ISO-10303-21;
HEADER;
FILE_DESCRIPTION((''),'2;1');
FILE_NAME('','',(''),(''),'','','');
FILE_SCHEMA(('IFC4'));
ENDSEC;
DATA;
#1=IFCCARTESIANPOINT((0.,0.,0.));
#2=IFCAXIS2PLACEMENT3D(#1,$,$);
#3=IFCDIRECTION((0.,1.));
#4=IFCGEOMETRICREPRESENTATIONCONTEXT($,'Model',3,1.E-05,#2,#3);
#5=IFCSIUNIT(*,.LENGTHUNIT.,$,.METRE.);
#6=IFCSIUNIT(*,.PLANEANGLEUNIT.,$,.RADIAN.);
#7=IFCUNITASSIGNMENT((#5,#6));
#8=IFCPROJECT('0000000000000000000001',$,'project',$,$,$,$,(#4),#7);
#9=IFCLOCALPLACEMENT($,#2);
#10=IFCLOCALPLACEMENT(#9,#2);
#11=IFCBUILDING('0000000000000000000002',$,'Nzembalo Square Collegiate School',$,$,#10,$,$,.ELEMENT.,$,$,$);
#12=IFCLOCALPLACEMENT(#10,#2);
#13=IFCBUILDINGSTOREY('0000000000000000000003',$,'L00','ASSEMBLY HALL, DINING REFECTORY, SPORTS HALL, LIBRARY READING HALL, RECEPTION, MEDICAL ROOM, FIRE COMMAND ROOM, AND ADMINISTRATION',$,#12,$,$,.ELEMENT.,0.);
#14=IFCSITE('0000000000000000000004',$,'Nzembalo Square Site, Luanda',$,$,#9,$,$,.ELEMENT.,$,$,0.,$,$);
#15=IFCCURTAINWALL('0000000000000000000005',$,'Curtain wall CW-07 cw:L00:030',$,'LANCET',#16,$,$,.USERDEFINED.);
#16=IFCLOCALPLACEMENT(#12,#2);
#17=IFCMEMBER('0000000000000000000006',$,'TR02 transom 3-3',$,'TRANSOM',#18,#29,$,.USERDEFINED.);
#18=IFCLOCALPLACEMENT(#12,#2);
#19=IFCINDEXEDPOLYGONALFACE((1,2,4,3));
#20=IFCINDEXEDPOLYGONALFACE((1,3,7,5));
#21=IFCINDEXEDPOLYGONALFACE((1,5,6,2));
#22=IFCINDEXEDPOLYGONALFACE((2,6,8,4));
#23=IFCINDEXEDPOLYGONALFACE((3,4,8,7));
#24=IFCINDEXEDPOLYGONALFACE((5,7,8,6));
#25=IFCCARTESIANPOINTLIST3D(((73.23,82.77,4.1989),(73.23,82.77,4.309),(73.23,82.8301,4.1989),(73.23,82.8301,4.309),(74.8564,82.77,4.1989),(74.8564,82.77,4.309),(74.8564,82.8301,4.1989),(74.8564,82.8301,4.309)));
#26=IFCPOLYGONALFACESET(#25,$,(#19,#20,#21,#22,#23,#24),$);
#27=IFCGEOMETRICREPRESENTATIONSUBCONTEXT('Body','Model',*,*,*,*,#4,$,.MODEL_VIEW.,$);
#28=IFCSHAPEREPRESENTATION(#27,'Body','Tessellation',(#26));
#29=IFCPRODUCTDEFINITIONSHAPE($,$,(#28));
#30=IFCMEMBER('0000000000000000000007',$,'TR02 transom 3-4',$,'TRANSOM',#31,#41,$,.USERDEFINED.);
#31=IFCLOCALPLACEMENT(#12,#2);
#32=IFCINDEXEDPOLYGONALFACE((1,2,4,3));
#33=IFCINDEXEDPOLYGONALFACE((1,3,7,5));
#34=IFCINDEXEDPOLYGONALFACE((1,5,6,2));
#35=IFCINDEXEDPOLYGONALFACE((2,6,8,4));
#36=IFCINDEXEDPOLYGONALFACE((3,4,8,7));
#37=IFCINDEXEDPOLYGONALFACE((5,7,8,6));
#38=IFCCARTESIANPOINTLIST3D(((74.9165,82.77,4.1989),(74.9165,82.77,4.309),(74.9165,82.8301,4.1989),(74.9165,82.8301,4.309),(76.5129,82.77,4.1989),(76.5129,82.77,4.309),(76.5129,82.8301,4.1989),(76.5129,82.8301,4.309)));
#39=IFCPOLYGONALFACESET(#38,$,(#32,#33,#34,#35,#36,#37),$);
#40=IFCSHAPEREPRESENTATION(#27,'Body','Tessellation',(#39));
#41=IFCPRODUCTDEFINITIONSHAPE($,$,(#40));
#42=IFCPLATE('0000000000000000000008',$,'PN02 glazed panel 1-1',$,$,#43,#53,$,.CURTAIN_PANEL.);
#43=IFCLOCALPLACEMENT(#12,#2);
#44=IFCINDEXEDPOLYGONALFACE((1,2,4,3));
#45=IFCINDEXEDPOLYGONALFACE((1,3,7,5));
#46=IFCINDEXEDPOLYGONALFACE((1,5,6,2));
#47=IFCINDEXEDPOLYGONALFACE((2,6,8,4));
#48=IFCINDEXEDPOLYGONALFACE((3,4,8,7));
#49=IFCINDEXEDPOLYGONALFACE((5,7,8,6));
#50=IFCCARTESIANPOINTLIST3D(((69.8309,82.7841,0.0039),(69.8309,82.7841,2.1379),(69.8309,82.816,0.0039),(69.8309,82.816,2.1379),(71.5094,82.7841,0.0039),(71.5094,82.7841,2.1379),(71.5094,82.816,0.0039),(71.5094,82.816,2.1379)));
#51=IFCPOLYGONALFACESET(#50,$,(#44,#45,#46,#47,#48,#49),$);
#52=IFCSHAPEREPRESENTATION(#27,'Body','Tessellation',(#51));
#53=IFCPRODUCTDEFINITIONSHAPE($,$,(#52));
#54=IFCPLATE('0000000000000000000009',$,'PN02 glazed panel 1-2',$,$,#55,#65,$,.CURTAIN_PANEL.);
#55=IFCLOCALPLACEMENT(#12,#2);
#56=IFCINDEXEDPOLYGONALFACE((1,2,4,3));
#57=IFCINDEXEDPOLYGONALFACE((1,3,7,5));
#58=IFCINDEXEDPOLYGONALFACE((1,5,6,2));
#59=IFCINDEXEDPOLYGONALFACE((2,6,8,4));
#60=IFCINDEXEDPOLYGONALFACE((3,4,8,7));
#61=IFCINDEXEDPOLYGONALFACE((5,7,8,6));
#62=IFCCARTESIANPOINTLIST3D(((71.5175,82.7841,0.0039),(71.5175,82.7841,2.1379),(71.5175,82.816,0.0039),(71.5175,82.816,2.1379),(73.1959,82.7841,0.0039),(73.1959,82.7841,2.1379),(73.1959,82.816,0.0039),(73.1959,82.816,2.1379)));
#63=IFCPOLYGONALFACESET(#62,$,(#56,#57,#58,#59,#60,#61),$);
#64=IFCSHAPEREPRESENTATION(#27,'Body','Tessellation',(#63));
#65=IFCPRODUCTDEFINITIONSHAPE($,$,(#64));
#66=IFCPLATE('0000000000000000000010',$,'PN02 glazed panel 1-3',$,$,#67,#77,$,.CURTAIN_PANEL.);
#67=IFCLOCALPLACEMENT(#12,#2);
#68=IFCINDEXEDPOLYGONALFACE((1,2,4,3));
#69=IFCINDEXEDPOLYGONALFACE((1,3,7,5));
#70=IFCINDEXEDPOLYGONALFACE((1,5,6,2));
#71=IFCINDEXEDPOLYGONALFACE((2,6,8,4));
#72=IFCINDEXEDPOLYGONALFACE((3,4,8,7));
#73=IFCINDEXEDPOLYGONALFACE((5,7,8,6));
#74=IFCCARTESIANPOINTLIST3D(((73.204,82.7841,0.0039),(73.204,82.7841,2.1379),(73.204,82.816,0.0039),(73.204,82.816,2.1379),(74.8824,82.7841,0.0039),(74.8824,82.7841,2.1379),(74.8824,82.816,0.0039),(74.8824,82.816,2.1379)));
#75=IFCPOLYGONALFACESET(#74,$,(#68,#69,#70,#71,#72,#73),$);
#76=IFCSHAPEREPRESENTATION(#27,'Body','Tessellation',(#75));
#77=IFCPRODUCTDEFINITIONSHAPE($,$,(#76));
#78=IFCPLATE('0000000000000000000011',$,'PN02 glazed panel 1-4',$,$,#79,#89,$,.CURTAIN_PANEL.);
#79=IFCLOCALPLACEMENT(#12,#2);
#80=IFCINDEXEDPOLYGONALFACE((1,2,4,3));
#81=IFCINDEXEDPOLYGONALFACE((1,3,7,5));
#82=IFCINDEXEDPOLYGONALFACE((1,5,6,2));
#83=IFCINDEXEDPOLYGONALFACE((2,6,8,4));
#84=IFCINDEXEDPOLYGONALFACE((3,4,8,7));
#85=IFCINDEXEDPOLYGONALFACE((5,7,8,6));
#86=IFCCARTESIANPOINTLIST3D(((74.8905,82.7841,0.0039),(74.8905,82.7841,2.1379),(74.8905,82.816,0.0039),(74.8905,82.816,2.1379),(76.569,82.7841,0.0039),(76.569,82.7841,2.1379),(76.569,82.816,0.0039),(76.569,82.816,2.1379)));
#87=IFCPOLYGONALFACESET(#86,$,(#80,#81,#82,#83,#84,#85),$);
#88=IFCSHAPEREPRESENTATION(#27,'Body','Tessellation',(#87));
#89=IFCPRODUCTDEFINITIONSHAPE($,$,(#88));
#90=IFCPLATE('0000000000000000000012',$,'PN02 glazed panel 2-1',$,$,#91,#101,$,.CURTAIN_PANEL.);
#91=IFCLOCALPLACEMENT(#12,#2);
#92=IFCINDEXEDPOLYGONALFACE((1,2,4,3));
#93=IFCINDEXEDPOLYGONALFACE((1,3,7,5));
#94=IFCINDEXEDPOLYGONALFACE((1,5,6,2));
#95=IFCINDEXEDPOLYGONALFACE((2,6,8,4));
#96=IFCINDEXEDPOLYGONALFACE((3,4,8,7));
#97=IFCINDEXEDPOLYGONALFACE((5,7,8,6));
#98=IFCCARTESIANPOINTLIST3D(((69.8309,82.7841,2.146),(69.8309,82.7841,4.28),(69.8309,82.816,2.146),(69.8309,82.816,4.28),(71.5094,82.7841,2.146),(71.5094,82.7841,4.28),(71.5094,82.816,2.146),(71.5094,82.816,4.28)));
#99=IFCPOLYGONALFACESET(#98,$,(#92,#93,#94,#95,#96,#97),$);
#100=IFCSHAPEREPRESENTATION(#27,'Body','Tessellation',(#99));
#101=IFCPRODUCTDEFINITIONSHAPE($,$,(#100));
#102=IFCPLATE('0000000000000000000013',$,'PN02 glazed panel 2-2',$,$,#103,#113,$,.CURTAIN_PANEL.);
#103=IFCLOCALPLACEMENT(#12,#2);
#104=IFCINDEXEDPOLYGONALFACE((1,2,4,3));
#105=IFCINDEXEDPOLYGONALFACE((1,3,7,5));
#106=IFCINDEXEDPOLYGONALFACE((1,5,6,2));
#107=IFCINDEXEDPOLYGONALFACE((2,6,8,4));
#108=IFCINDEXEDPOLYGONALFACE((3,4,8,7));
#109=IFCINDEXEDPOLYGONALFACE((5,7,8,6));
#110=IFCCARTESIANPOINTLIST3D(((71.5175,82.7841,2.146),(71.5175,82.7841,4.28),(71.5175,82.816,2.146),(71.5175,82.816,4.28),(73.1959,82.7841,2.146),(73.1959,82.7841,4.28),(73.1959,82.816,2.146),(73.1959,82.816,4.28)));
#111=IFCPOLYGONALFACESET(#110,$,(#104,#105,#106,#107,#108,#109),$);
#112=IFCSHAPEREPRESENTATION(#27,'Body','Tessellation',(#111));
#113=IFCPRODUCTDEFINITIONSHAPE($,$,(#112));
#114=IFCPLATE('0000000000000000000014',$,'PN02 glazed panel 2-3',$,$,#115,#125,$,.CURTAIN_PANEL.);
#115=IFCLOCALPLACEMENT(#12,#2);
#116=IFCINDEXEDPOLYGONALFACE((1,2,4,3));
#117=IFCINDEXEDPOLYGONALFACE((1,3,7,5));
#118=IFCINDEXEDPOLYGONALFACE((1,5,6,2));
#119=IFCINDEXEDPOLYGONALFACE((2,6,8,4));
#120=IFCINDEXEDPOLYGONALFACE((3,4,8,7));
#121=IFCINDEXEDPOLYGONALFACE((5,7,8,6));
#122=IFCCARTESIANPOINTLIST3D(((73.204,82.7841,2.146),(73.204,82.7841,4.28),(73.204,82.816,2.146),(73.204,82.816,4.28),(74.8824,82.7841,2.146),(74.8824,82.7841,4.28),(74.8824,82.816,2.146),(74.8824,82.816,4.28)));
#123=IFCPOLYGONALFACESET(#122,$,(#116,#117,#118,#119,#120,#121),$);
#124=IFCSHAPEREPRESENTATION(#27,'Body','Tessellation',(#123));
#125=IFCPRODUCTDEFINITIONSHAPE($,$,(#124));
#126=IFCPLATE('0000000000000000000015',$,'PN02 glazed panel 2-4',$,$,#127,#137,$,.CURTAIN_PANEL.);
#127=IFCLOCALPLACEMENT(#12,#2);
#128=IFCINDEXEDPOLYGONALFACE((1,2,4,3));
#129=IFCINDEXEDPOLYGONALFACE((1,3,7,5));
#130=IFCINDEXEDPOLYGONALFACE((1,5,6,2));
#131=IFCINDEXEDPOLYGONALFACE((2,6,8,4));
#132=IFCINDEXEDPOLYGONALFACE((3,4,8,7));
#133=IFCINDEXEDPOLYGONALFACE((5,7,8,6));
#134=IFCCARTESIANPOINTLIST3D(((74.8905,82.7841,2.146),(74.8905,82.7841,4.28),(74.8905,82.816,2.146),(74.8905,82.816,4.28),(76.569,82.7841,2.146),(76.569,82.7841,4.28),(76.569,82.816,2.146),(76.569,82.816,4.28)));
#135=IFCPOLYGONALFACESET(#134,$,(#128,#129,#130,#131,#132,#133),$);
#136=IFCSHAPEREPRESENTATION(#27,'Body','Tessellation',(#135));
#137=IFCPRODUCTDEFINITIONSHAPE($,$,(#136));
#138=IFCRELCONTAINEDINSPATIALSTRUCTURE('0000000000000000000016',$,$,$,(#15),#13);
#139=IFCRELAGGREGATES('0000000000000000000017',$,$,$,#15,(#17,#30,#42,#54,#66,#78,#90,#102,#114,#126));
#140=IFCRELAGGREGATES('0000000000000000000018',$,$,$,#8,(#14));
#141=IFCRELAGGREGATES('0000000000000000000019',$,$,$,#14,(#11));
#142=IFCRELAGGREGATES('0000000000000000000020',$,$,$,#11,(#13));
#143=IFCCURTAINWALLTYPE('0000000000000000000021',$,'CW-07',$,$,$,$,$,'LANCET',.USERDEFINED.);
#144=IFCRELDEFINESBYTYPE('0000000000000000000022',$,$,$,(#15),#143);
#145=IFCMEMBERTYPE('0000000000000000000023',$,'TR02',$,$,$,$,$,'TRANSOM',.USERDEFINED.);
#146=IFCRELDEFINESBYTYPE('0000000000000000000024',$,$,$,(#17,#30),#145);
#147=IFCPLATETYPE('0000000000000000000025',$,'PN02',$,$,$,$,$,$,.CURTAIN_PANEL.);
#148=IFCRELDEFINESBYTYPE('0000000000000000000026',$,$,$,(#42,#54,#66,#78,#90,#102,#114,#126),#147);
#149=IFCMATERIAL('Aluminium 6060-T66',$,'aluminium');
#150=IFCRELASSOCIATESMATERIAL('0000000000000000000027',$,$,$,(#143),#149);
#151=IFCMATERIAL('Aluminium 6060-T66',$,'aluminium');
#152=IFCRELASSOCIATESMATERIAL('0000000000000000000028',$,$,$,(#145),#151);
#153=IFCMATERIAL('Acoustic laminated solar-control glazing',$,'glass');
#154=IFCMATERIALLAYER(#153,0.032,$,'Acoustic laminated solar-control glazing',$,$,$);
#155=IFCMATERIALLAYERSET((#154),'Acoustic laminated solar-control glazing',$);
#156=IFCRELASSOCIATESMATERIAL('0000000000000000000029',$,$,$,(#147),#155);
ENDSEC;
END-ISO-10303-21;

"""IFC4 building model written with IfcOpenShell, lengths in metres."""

from ifc_helpers import new_model, si_unit, direction, frame, origin, origin_2d, place, context, subcontext, project, spatial, rectangle, extrude, material, layer, layer_set, material_profile, profile_set, type_object, element, aggregate, save


model = new_model("IFC4")

# Units and contexts
model_context = context("Model", 3, precision=1e-05, world=origin(), true_north=direction((0.0, 1.0)))
body_context = subcontext(model_context, "Body", "Model", "MODEL_VIEW")
ifc_project = project(units=[si_unit("LENGTHUNIT", "METRE"), si_unit("PLANEANGLEUNIT", "RADIAN")], contexts=[model_context])

# Site, building, storey
site_placement = place(None, origin())
site = spatial("IfcSite", under=ifc_project, at=site_placement, Name="Nzembalo Square Site, Luanda", CompositionType="ELEMENT", RefElevation=0.0)
building_placement = place(site_placement, origin())
building = spatial("IfcBuilding", under=site, at=building_placement, Name="Nzembalo Square Collegiate School", CompositionType="ELEMENT")
storey_placement = place(building_placement, origin())
storey = spatial("IfcBuildingStorey", under=building, at=storey_placement, Name="L00", Description="ASSEMBLY HALL, DINING REFECTORY, SPORTS HALL, LIBRARY READING HALL, RECEPTION, MEDICAL ROOM, FIRE COMMAND ROOM, AND ADMINISTRATION", CompositionType="ELEMENT", Elevation=0.0)

# Curtain wall, members, plates
ifc_material_1 = material(Name="Aluminium 6060-T66", Category="aluminium")
curtain_wall_type = type_object("IfcCurtainWallType", Name="CW-07", ElementType="LANCET", PredefinedType="USERDEFINED", material=ifc_material_1)
curtain_wall_placement = place(storey_placement, origin())
curtain_wall = element("IfcCurtainWall", 1, at=curtain_wall_placement, inside=storey, type_object=curtain_wall_type, Name="Curtain wall CW-07 cw:L00:030", ObjectType="LANCET", PredefinedType="USERDEFINED")
ifc_material_2 = material(Name="Aluminium 6060-T66", Category="aluminium")
ifc_material_profile_1 = material_profile(ifc_material_2, rectangle(XDim=0.0601, YDim=0.1101, at=origin_2d()), Name="ALU T60x110")
ifc_profile_set_1 = profile_set([ifc_material_profile_1], Name="Aluminium 6060-T66")
member_type_1 = type_object("IfcMemberType", Name="TR02", ElementType="TRANSOM", PredefinedType="USERDEFINED", material=ifc_profile_set_1)
member_1_placement = place(storey_placement, frame((73.23, 82.8, 4.2539), z_axis=(1.0, 0.0, 0.0), x_axis=(0.0, 1.0, 0.0)))
member_1 = element("IfcMember", 2, at=member_1_placement, type_object=member_type_1, Name="TR02 transom 3-3", ObjectType="TRANSOM", PredefinedType="USERDEFINED", context=body_context, shape_type="SweptSolid", body=[
    extrude(rectangle(XDim=0.0601, YDim=0.1101, at=origin_2d()), origin(), (0.0, 0.0, 1.0), 1.6265),
])
member_2_placement = place(storey_placement, frame((74.9165, 82.8, 4.2539), z_axis=(1.0, 0.0, 0.0), x_axis=(0.0, 1.0, 0.0)))
member_2 = element("IfcMember", 3, at=member_2_placement, type_object=member_type_1, Name="TR02 transom 3-4", ObjectType="TRANSOM", PredefinedType="USERDEFINED", context=body_context, shape_type="SweptSolid", body=[
    extrude(rectangle(XDim=0.0601, YDim=0.1101, at=origin_2d()), origin(), (0.0, 0.0, 1.0), 1.5964),
])
ifc_material_3 = material(Name="Acoustic laminated solar-control glazing", Category="glass")
ifc_layer = layer(ifc_material_3, 0.032, Name="Acoustic laminated solar-control glazing")
ifc_layer_set = layer_set([ifc_layer], Name="Acoustic laminated solar-control glazing")
plate_type = type_object("IfcPlateType", Name="PN02", PredefinedType="CURTAIN_PANEL", material=ifc_layer_set)
plate_1_placement = place(storey_placement, frame((70.6702, 82.8, 0.0039), z_axis=(0.0, 0.0, 1.0), x_axis=(1.0, 0.0, 0.0)))
plate_1 = element("IfcPlate", 4, at=plate_1_placement, type_object=plate_type, Name="PN02 glazed panel 1-1", PredefinedType="CURTAIN_PANEL", context=body_context, shape_type="SweptSolid", body=[
    extrude(rectangle(XDim=1.6785, YDim=0.032, at=origin_2d()), origin(), (0.0, 0.0, 1.0), 2.134),
])
plate_2_placement = place(storey_placement, frame((72.3567, 82.8, 0.0039), z_axis=(0.0, 0.0, 1.0), x_axis=(1.0, 0.0, 0.0)))
plate_2 = element("IfcPlate", 5, at=plate_2_placement, type_object=plate_type, Name="PN02 glazed panel 1-2", PredefinedType="CURTAIN_PANEL", context=body_context, shape_type="SweptSolid", body=[
    extrude(rectangle(XDim=1.6785, YDim=0.032, at=origin_2d()), origin(), (0.0, 0.0, 1.0), 2.134),
])
plate_3_placement = place(storey_placement, frame((74.0432, 82.8, 0.0039), z_axis=(0.0, 0.0, 1.0), x_axis=(1.0, 0.0, 0.0)))
plate_3 = element("IfcPlate", 6, at=plate_3_placement, type_object=plate_type, Name="PN02 glazed panel 1-3", PredefinedType="CURTAIN_PANEL", context=body_context, shape_type="SweptSolid", body=[
    extrude(rectangle(XDim=1.6785, YDim=0.032, at=origin_2d()), origin(), (0.0, 0.0, 1.0), 2.134),
])
plate_4_placement = place(storey_placement, frame((75.7297, 82.8, 0.0039), z_axis=(0.0, 0.0, 1.0), x_axis=(1.0, 0.0, 0.0)))
plate_4 = element("IfcPlate", 7, at=plate_4_placement, type_object=plate_type, Name="PN02 glazed panel 1-4", PredefinedType="CURTAIN_PANEL", context=body_context, shape_type="SweptSolid", body=[
    extrude(rectangle(XDim=1.6785, YDim=0.032, at=origin_2d()), origin(), (0.0, 0.0, 1.0), 2.134),
])
plate_5_placement = place(storey_placement, frame((70.6702, 82.8, 2.146), z_axis=(0.0, 0.0, 1.0), x_axis=(1.0, 0.0, 0.0)))
plate_5 = element("IfcPlate", 8, at=plate_5_placement, type_object=plate_type, Name="PN02 glazed panel 2-1", PredefinedType="CURTAIN_PANEL", context=body_context, shape_type="SweptSolid", body=[
    extrude(rectangle(XDim=1.6785, YDim=0.032, at=origin_2d()), origin(), (0.0, 0.0, 1.0), 2.134),
])
plate_6_placement = place(storey_placement, frame((72.3567, 82.8, 2.146), z_axis=(0.0, 0.0, 1.0), x_axis=(1.0, 0.0, 0.0)))
plate_6 = element("IfcPlate", 9, at=plate_6_placement, type_object=plate_type, Name="PN02 glazed panel 2-2", PredefinedType="CURTAIN_PANEL", context=body_context, shape_type="SweptSolid", body=[
    extrude(rectangle(XDim=1.6785, YDim=0.032, at=origin_2d()), origin(), (0.0, 0.0, 1.0), 2.134),
])
plate_7_placement = place(storey_placement, frame((74.0432, 82.8, 2.146), z_axis=(0.0, 0.0, 1.0), x_axis=(1.0, 0.0, 0.0)))
plate_7 = element("IfcPlate", 10, at=plate_7_placement, type_object=plate_type, Name="PN02 glazed panel 2-3", PredefinedType="CURTAIN_PANEL", context=body_context, shape_type="SweptSolid", body=[
    extrude(rectangle(XDim=1.6785, YDim=0.032, at=origin_2d()), origin(), (0.0, 0.0, 1.0), 2.134),
])
plate_8_placement = place(storey_placement, frame((75.7297, 82.8, 2.146), z_axis=(0.0, 0.0, 1.0), x_axis=(1.0, 0.0, 0.0)))
plate_8 = element("IfcPlate", 11, at=plate_8_placement, type_object=plate_type, Name="PN02 glazed panel 2-4", PredefinedType="CURTAIN_PANEL", context=body_context, shape_type="SweptSolid", body=[
    extrude(rectangle(XDim=1.6785, YDim=0.032, at=origin_2d()), origin(), (0.0, 0.0, 1.0), 2.134),
])
aggregate(curtain_wall, [member_1, member_2, plate_1, plate_2, plate_3, plate_4, plate_5, plate_6, plate_7, plate_8])

save(model, "model.ifc")
